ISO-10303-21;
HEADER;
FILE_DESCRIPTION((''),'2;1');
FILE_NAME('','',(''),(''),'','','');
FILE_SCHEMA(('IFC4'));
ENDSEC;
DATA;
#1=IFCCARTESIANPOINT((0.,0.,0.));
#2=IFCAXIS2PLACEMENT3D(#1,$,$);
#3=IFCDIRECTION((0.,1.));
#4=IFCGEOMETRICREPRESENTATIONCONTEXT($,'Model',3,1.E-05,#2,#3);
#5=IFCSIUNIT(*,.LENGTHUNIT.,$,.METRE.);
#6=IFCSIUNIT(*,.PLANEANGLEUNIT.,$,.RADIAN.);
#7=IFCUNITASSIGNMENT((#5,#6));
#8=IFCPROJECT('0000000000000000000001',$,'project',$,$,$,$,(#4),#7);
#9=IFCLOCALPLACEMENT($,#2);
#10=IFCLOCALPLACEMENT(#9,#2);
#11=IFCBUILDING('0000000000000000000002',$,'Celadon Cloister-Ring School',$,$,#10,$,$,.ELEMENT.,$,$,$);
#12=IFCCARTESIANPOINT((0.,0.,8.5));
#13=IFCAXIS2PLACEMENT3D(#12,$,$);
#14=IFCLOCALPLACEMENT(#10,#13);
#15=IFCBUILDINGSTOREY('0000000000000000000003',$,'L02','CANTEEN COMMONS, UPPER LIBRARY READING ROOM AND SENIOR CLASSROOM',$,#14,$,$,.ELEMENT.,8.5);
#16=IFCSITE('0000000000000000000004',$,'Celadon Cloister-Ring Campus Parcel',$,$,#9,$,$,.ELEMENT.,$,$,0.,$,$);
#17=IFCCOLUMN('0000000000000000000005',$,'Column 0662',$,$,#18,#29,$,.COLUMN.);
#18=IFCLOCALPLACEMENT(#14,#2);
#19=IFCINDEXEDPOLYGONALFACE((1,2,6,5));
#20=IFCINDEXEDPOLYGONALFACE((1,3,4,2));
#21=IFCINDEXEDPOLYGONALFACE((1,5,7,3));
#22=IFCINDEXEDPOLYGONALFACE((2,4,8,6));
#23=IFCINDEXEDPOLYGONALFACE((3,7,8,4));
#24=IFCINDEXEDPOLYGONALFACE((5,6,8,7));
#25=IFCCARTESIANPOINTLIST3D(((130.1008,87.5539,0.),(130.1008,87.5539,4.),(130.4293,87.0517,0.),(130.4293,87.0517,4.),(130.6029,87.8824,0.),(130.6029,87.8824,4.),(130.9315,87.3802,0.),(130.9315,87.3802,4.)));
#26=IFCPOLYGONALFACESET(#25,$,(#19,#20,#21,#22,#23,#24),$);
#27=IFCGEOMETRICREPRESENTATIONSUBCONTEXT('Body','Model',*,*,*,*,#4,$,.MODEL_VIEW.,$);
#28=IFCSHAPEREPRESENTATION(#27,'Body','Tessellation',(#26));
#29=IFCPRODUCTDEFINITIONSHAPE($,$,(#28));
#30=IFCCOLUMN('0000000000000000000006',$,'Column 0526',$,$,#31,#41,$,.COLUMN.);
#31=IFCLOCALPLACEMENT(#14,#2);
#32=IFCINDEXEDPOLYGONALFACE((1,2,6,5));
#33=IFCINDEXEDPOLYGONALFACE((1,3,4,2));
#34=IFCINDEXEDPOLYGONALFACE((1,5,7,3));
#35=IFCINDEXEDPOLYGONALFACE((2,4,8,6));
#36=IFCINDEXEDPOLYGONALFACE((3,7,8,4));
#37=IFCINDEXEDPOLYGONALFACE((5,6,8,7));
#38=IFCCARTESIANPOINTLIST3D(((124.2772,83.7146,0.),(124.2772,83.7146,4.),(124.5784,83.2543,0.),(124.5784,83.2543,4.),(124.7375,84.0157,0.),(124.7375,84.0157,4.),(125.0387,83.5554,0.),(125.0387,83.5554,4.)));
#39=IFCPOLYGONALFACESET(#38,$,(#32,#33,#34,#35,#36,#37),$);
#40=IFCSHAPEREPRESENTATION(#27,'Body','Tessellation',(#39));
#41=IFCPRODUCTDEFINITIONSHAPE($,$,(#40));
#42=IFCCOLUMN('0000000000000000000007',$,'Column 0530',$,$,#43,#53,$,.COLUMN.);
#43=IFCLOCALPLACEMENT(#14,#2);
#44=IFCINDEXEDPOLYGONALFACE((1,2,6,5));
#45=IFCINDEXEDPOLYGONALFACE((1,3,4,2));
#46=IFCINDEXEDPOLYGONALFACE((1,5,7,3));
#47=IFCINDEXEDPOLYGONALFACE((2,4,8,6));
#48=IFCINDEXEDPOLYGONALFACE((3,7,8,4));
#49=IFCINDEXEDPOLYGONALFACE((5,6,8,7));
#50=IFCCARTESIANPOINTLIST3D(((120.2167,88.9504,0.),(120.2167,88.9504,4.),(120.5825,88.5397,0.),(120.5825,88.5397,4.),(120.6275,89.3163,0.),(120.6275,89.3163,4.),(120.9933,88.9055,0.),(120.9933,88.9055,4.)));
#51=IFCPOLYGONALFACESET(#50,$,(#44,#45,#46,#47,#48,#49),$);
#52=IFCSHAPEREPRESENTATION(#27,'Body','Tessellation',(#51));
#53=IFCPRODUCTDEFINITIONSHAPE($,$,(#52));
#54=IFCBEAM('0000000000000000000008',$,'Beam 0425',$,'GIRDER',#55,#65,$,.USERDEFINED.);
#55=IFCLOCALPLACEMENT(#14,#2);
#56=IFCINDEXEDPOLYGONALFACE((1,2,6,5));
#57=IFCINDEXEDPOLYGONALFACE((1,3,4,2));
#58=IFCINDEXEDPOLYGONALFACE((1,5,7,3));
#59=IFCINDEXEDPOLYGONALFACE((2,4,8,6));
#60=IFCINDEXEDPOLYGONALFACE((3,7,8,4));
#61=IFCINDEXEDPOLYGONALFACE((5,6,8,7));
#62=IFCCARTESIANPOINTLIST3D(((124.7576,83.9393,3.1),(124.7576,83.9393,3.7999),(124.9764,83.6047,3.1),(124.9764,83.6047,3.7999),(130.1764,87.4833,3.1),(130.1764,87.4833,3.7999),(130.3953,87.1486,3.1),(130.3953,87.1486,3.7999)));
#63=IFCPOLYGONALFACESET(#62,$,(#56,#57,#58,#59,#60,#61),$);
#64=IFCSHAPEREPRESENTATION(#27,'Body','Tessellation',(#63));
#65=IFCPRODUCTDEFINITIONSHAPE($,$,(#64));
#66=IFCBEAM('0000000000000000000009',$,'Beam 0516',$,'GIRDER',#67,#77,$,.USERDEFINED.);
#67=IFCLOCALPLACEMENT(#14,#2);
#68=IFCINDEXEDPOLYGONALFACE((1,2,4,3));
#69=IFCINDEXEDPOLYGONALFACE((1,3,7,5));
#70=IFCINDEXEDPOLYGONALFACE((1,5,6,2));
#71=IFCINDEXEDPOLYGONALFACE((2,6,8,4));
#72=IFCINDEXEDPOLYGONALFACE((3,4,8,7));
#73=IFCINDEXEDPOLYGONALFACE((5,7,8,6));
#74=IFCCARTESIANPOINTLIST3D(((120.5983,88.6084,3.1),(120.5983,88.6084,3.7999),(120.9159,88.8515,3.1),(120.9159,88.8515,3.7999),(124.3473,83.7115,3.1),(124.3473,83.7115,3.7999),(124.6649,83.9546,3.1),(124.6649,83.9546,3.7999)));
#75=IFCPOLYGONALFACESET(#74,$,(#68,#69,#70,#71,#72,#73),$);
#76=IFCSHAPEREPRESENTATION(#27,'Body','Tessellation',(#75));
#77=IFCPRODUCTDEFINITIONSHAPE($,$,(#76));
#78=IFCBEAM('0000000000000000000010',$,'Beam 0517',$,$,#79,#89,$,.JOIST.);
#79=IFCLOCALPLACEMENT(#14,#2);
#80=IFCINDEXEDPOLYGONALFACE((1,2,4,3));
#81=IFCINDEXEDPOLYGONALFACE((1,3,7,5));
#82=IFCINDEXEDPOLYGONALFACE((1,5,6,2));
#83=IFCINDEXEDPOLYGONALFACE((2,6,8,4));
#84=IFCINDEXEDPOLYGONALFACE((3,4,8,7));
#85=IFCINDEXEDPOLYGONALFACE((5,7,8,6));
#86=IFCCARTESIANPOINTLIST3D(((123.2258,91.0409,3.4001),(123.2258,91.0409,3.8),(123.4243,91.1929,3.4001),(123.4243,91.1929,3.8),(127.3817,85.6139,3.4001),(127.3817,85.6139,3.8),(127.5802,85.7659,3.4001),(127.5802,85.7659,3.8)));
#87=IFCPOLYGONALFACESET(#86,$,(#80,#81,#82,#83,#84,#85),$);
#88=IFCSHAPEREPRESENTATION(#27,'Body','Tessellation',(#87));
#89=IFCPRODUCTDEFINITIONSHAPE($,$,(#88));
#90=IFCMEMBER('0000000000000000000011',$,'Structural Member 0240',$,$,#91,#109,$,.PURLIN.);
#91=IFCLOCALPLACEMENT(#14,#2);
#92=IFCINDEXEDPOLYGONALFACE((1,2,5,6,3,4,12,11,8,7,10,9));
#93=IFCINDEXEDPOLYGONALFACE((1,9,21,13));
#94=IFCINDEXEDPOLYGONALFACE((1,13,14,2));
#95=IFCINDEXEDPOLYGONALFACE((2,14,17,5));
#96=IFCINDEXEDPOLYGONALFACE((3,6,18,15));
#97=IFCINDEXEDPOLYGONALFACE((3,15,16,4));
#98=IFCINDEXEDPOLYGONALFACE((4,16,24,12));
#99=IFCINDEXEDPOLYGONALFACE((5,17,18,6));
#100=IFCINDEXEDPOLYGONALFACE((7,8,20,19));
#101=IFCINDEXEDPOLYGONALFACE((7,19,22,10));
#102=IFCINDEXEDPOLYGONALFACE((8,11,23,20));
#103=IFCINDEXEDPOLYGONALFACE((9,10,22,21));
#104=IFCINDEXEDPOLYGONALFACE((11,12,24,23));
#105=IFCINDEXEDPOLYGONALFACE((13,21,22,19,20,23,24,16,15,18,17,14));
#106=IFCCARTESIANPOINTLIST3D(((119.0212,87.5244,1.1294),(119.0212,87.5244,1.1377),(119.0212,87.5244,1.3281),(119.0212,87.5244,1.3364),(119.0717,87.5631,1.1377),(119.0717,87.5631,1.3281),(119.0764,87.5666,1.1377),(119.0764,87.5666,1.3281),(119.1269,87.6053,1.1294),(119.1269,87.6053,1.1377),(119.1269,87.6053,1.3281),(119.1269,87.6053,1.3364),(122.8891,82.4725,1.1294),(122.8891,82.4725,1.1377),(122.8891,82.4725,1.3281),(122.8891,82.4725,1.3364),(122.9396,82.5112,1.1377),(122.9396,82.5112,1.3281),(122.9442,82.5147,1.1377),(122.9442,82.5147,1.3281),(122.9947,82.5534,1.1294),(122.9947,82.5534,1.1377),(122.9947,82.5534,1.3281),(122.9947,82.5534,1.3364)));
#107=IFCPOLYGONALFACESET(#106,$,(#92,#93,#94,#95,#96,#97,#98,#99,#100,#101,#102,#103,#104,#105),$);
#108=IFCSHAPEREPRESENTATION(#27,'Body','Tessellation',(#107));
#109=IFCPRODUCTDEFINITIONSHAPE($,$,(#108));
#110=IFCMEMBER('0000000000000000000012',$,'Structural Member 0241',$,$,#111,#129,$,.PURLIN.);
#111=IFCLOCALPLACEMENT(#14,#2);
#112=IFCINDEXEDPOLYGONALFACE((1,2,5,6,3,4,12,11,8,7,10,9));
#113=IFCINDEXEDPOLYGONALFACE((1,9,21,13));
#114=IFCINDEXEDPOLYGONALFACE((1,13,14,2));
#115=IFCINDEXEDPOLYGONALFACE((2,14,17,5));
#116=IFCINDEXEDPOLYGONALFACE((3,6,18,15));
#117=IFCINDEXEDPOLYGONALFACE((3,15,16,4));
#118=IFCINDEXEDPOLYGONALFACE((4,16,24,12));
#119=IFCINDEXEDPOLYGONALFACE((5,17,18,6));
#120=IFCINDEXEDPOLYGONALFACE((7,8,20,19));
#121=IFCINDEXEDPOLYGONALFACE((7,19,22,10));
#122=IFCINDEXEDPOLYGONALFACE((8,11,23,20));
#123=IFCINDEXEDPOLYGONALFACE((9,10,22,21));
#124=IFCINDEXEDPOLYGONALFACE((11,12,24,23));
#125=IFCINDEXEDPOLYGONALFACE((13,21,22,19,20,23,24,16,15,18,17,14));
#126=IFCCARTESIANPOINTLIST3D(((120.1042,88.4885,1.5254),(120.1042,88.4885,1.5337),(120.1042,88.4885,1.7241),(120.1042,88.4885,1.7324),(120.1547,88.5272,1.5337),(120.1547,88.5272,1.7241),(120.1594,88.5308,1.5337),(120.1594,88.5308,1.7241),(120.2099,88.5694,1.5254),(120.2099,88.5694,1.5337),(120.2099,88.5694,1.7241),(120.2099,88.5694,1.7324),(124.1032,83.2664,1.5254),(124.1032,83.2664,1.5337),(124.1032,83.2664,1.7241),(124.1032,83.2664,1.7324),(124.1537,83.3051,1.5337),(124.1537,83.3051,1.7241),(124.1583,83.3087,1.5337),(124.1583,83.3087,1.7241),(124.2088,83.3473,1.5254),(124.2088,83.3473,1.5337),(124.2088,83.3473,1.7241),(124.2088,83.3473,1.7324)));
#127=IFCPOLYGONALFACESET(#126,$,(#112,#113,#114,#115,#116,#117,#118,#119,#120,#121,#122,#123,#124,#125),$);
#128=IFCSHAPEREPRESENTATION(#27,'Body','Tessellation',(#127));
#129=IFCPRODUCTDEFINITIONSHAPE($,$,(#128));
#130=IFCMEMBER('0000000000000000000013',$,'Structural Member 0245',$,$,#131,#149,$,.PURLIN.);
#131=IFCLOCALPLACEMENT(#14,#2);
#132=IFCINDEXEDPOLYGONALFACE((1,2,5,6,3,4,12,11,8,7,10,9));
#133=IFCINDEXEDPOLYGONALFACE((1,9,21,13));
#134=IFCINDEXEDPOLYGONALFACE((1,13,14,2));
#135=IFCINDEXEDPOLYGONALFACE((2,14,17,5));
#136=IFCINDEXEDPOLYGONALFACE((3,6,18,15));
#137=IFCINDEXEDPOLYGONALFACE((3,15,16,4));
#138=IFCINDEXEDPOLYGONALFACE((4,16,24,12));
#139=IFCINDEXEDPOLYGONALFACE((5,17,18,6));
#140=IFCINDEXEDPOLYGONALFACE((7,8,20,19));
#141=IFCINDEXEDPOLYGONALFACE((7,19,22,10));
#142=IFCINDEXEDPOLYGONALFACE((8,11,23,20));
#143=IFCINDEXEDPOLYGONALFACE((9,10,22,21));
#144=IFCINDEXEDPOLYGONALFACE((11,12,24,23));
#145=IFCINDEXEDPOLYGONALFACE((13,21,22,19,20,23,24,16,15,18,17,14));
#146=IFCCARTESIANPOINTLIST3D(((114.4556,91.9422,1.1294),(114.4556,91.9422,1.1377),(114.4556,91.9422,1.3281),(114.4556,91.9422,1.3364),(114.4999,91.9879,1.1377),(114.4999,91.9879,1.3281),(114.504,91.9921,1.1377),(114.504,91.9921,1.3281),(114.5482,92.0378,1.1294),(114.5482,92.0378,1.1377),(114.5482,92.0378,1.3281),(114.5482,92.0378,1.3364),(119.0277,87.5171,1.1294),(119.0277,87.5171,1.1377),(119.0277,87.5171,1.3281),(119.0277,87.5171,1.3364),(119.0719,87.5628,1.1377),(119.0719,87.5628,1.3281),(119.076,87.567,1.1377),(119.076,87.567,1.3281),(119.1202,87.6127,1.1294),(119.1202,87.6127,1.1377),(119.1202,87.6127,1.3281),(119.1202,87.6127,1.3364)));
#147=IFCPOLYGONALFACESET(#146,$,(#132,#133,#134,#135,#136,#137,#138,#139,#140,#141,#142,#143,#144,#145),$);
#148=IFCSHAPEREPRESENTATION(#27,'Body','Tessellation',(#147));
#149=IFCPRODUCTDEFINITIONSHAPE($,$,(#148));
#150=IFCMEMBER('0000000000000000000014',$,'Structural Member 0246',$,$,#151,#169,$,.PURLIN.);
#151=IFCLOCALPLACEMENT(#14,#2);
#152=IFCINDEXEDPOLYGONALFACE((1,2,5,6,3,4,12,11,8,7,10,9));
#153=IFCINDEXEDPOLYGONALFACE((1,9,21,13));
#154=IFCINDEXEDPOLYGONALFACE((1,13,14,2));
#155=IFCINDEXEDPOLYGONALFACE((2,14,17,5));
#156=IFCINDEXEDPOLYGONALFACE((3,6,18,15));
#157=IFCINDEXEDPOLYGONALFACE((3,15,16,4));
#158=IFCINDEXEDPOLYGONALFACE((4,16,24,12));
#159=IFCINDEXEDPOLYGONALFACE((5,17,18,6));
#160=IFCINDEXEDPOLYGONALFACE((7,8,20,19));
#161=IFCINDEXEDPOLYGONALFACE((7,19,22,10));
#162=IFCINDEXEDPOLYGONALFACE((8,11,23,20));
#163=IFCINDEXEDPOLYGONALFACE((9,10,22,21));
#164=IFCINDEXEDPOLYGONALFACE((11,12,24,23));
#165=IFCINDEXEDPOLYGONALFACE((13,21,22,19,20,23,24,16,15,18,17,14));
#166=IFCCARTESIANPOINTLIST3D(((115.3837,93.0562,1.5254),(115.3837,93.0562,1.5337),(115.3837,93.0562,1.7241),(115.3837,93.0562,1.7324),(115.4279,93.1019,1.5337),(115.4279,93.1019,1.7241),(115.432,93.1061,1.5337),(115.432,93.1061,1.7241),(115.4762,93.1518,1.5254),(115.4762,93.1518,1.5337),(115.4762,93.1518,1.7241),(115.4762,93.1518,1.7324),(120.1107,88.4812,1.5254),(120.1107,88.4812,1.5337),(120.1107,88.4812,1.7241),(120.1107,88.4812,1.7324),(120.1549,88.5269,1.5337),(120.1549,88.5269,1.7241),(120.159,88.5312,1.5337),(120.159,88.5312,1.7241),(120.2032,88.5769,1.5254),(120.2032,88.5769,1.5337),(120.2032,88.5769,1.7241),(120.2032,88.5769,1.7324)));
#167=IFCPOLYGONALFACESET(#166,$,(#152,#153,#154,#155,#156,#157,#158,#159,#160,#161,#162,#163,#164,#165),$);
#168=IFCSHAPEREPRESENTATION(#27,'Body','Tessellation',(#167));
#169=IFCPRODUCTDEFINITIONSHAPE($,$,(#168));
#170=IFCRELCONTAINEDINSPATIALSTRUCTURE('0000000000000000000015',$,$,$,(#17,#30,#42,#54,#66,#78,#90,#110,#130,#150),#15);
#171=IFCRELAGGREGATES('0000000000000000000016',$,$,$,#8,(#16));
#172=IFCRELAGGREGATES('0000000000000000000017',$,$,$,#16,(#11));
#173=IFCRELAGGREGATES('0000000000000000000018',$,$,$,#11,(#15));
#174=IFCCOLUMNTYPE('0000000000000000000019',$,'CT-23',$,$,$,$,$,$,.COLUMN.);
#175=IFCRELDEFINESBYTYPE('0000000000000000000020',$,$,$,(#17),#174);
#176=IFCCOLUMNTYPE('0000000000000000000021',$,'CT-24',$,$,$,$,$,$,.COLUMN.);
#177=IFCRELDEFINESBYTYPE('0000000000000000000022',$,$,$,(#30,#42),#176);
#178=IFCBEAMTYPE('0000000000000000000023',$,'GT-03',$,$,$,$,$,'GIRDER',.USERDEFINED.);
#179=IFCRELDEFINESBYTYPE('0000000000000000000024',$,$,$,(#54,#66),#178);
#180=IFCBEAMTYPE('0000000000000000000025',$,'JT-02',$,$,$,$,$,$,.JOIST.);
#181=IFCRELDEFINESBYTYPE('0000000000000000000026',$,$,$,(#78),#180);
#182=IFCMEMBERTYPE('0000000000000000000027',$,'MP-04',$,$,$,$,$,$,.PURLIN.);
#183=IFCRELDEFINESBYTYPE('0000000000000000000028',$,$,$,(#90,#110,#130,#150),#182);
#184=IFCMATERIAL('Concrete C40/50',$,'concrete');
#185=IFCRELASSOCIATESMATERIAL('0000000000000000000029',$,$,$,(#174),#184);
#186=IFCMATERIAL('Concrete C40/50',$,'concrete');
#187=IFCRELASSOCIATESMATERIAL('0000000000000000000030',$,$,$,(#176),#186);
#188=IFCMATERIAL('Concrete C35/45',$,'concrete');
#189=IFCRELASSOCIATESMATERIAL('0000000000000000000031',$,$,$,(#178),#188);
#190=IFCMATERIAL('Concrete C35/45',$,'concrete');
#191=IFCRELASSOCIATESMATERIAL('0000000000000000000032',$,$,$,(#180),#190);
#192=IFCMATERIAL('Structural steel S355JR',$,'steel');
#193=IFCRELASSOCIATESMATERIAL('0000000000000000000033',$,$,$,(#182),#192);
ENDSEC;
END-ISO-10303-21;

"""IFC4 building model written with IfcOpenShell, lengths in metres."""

from ifc_helpers import new_model, si_unit, direction, frame, origin, origin_2d, place, context, subcontext, project, spatial, rectangle, i_section, extrude, material, material_profile, profile_set, type_object, element, save


model = new_model("IFC4")

# Units and contexts
model_context = context("Model", 3, precision=1e-05, world=origin(), true_north=direction((0.0, 1.0)))
body_context = subcontext(model_context, "Body", "Model", "MODEL_VIEW")
ifc_project = project(units=[si_unit("LENGTHUNIT", "METRE"), si_unit("PLANEANGLEUNIT", "RADIAN")], contexts=[model_context])

# Site, building, storey
site_placement = place(None, origin())
site = spatial("IfcSite", under=ifc_project, at=site_placement, Name="Celadon Cloister-Ring Campus Parcel", CompositionType="ELEMENT", RefElevation=0.0)
building_placement = place(site_placement, origin())
building = spatial("IfcBuilding", under=site, at=building_placement, Name="Celadon Cloister-Ring School", CompositionType="ELEMENT")
storey_placement = place(building_placement, frame((0.0, 0.0, 8.5)))
storey = spatial("IfcBuildingStorey", under=building, at=storey_placement, Name="L02", Description="CANTEEN COMMONS, UPPER LIBRARY READING ROOM AND SENIOR CLASSROOM", CompositionType="ELEMENT", Elevation=8.5)

# Columns
ifc_material_1 = material(Name="Concrete C40/50", Category="concrete")
ifc_material_profile_1 = material_profile(ifc_material_1, rectangle(XDim=0.6001, YDim=0.6001, at=origin_2d()), Name="RC600X600")
ifc_profile_set_1 = profile_set([ifc_material_profile_1], Name="Concrete C40/50")
column_type_1 = type_object("IfcColumnType", Name="CT-23", PredefinedType="COLUMN", material=ifc_profile_set_1)
column_placement = place(storey_placement, frame((130.5161, 87.467, 0.0), z_axis=(0.0, 0.0, 1.0), x_axis=(0.836841, 0.547446, 0.0)))
element("IfcColumn", 1, at=column_placement, inside=storey, type_object=column_type_1, Name="Column 0662", PredefinedType="COLUMN", context=body_context, shape_type="SweptSolid", body=[
    extrude(rectangle(XDim=0.6001, YDim=0.6001, at=origin_2d()), origin(), (0.0, 0.0, 1.0), 4.0),
])
ifc_material_2 = material(Name="Concrete C40/50", Category="concrete")
ifc_material_profile_2 = material_profile(ifc_material_2, rectangle(XDim=0.55, YDim=0.55, at=origin_2d()), Name="RC550X550")
ifc_profile_set_2 = profile_set([ifc_material_profile_2], Name="Concrete C40/50")
column_type_2 = type_object("IfcColumnType", Name="CT-24", PredefinedType="COLUMN", material=ifc_profile_set_2)
for number, where, z_axis, x_axis, name in (
    (2, (124.658, 83.635, 0.0), (0.0, 0.0, 1.0), (0.836841, 0.547446, 0.0), "Column 0526"),
    (3, (120.605, 88.928, 0.0), (0.0, 0.0, 1.0), (0.746777, 0.665074, 0.0), "Column 0530"),
):
    element("IfcColumn", number, at=place(storey_placement, frame(where, z_axis=z_axis, x_axis=x_axis)), inside=storey, type_object=column_type_2, Name=name, PredefinedType="COLUMN", context=body_context, shape_type="SweptSolid", body=[
        extrude(rectangle(XDim=0.55, YDim=0.55, at=origin_2d()), origin(), (0.0, 0.0, 1.0), 4.0),
    ])

# Beams
ifc_material_3 = material(Name="Concrete C35/45", Category="concrete")
ifc_material_profile_3 = material_profile(ifc_material_3, rectangle(XDim=0.3999, YDim=0.7, at=origin_2d()), Name="RC400X700")
ifc_profile_set_3 = profile_set([ifc_material_profile_3], Name="Concrete C35/45")
beam_type_1 = type_object("IfcBeamType", Name="GT-03", ElementType="GIRDER", PredefinedType="USERDEFINED", material=ifc_profile_set_3)
beam_1_placement = place(storey_placement, frame((130.2859, 87.3159, 3.45), z_axis=(-0.836914, -0.547335, 0.0), x_axis=(0.547335, -0.836914, 0.0)))
element("IfcBeam", 4, at=beam_1_placement, inside=storey, type_object=beam_type_1, Name="Beam 0425", ObjectType="GIRDER", PredefinedType="USERDEFINED", context=body_context, shape_type="SweptSolid", body=[
    extrude(rectangle(XDim=0.3999, YDim=0.7, at=origin_2d()), origin(), (0.0, 0.0, 1.0), 6.4749),
])
beam_2_placement = place(storey_placement, frame((124.5061, 83.833, 3.45), z_axis=(-0.607888, 0.794023, 0.0), x_axis=(-0.794023, -0.607888, 0.0)))
element("IfcBeam", 5, at=beam_2_placement, inside=storey, type_object=beam_type_1, Name="Beam 0516", ObjectType="GIRDER", PredefinedType="USERDEFINED", context=body_context, shape_type="SweptSolid", body=[
    extrude(rectangle(XDim=0.3999, YDim=0.7, at=origin_2d()), origin(), (0.0, 0.0, 1.0), 6.1672),
])
ifc_material_4 = material(Name="Concrete C35/45", Category="concrete")
ifc_material_profile_4 = material_profile(ifc_material_4, rectangle(XDim=0.25, YDim=0.3999, at=origin_2d()), Name="RC250X400")
ifc_profile_set_4 = profile_set([ifc_material_profile_4], Name="Concrete C35/45")
beam_type_2 = type_object("IfcBeamType", Name="JT-02", PredefinedType="JOIST", material=ifc_profile_set_4)
beam_3_placement = place(storey_placement, frame((127.481, 85.6899, 3.6001), z_axis=(-0.607999, 0.793938, 0.0), x_axis=(-0.793938, -0.607999, 0.0)))
element("IfcBeam", 6, at=beam_3_placement, inside=storey, type_object=beam_type_2, Name="Beam 0517", PredefinedType="JOIST", context=body_context, shape_type="SweptSolid", body=[
    extrude(rectangle(XDim=0.25, YDim=0.3999, at=origin_2d()), origin(), (0.0, 0.0, 1.0), 6.8354),
])

# Members
ifc_material_5 = material(Name="Structural steel S355JR", Category="steel")
ifc_material_profile_5 = material_profile(ifc_material_5, i_section(OverallWidth=0.1331, OverallDepth=0.207, WebThickness=0.0059, FlangeThickness=0.0083, at=origin_2d()), Name="W200X27")
ifc_profile_set_5 = profile_set([ifc_material_profile_5], Name="Structural steel S355JR")
member_type_1 = type_object("IfcMemberType", Name="MP-04", PredefinedType="PURLIN", material=ifc_profile_set_5)
member_1_placement = place(storey_placement, frame((122.9419, 82.5129, 1.2329), z_axis=(-0.607909, 0.794007, 0.0), x_axis=(-0.794007, -0.607909, 0.0)))
element("IfcMember", 7, at=member_1_placement, inside=storey, type_object=member_type_1, Name="Structural Member 0240", PredefinedType="PURLIN", context=body_context, shape_type="SweptSolid", body=[
    extrude(i_section(OverallWidth=0.1331, OverallDepth=0.207, WebThickness=0.0059, FlangeThickness=0.0083, at=origin_2d()), origin(), (0.0, 0.0, 1.0), 6.3625),
])
member_2_placement = place(storey_placement, frame((124.156, 83.3069, 1.6289), z_axis=(-0.607987, 0.793947, 0.0), x_axis=(-0.793947, -0.607987, 0.0)))
element("IfcMember", 8, at=member_2_placement, inside=storey, type_object=member_type_1, Name="Structural Member 0241", PredefinedType="PURLIN", context=body_context, shape_type="SweptSolid", body=[
    extrude(i_section(OverallWidth=0.1331, OverallDepth=0.207, WebThickness=0.0059, FlangeThickness=0.0083, at=origin_2d()), origin(), (0.0, 0.0, 1.0), 6.5774),
])
member_3_placement = place(storey_placement, frame((119.074, 87.5649, 1.2329), z_axis=(-0.718562, 0.695463, 0.0), x_axis=(-0.695463, -0.718562, 0.0)))
element("IfcMember", 9, at=member_3_placement, inside=storey, type_object=member_type_1, Name="Structural Member 0245", PredefinedType="PURLIN", context=body_context, shape_type="SweptSolid", body=[
    extrude(i_section(OverallWidth=0.1331, OverallDepth=0.207, WebThickness=0.0059, FlangeThickness=0.0083, at=origin_2d()), origin(), (0.0, 0.0, 1.0), 6.3628),
])
member_4_placement = place(storey_placement, frame((120.157, 88.5291, 1.6289), z_axis=(-0.718573, 0.695452, 0.0), x_axis=(-0.695452, -0.718573, 0.0)))
element("IfcMember", 10, at=member_4_placement, inside=storey, type_object=member_type_1, Name="Structural Member 0246", PredefinedType="PURLIN", context=body_context, shape_type="SweptSolid", body=[
    extrude(i_section(OverallWidth=0.1331, OverallDepth=0.207, WebThickness=0.0059, FlangeThickness=0.0083, at=origin_2d()), origin(), (0.0, 0.0, 1.0), 6.5784),
])

save(model, "model.ifc")
